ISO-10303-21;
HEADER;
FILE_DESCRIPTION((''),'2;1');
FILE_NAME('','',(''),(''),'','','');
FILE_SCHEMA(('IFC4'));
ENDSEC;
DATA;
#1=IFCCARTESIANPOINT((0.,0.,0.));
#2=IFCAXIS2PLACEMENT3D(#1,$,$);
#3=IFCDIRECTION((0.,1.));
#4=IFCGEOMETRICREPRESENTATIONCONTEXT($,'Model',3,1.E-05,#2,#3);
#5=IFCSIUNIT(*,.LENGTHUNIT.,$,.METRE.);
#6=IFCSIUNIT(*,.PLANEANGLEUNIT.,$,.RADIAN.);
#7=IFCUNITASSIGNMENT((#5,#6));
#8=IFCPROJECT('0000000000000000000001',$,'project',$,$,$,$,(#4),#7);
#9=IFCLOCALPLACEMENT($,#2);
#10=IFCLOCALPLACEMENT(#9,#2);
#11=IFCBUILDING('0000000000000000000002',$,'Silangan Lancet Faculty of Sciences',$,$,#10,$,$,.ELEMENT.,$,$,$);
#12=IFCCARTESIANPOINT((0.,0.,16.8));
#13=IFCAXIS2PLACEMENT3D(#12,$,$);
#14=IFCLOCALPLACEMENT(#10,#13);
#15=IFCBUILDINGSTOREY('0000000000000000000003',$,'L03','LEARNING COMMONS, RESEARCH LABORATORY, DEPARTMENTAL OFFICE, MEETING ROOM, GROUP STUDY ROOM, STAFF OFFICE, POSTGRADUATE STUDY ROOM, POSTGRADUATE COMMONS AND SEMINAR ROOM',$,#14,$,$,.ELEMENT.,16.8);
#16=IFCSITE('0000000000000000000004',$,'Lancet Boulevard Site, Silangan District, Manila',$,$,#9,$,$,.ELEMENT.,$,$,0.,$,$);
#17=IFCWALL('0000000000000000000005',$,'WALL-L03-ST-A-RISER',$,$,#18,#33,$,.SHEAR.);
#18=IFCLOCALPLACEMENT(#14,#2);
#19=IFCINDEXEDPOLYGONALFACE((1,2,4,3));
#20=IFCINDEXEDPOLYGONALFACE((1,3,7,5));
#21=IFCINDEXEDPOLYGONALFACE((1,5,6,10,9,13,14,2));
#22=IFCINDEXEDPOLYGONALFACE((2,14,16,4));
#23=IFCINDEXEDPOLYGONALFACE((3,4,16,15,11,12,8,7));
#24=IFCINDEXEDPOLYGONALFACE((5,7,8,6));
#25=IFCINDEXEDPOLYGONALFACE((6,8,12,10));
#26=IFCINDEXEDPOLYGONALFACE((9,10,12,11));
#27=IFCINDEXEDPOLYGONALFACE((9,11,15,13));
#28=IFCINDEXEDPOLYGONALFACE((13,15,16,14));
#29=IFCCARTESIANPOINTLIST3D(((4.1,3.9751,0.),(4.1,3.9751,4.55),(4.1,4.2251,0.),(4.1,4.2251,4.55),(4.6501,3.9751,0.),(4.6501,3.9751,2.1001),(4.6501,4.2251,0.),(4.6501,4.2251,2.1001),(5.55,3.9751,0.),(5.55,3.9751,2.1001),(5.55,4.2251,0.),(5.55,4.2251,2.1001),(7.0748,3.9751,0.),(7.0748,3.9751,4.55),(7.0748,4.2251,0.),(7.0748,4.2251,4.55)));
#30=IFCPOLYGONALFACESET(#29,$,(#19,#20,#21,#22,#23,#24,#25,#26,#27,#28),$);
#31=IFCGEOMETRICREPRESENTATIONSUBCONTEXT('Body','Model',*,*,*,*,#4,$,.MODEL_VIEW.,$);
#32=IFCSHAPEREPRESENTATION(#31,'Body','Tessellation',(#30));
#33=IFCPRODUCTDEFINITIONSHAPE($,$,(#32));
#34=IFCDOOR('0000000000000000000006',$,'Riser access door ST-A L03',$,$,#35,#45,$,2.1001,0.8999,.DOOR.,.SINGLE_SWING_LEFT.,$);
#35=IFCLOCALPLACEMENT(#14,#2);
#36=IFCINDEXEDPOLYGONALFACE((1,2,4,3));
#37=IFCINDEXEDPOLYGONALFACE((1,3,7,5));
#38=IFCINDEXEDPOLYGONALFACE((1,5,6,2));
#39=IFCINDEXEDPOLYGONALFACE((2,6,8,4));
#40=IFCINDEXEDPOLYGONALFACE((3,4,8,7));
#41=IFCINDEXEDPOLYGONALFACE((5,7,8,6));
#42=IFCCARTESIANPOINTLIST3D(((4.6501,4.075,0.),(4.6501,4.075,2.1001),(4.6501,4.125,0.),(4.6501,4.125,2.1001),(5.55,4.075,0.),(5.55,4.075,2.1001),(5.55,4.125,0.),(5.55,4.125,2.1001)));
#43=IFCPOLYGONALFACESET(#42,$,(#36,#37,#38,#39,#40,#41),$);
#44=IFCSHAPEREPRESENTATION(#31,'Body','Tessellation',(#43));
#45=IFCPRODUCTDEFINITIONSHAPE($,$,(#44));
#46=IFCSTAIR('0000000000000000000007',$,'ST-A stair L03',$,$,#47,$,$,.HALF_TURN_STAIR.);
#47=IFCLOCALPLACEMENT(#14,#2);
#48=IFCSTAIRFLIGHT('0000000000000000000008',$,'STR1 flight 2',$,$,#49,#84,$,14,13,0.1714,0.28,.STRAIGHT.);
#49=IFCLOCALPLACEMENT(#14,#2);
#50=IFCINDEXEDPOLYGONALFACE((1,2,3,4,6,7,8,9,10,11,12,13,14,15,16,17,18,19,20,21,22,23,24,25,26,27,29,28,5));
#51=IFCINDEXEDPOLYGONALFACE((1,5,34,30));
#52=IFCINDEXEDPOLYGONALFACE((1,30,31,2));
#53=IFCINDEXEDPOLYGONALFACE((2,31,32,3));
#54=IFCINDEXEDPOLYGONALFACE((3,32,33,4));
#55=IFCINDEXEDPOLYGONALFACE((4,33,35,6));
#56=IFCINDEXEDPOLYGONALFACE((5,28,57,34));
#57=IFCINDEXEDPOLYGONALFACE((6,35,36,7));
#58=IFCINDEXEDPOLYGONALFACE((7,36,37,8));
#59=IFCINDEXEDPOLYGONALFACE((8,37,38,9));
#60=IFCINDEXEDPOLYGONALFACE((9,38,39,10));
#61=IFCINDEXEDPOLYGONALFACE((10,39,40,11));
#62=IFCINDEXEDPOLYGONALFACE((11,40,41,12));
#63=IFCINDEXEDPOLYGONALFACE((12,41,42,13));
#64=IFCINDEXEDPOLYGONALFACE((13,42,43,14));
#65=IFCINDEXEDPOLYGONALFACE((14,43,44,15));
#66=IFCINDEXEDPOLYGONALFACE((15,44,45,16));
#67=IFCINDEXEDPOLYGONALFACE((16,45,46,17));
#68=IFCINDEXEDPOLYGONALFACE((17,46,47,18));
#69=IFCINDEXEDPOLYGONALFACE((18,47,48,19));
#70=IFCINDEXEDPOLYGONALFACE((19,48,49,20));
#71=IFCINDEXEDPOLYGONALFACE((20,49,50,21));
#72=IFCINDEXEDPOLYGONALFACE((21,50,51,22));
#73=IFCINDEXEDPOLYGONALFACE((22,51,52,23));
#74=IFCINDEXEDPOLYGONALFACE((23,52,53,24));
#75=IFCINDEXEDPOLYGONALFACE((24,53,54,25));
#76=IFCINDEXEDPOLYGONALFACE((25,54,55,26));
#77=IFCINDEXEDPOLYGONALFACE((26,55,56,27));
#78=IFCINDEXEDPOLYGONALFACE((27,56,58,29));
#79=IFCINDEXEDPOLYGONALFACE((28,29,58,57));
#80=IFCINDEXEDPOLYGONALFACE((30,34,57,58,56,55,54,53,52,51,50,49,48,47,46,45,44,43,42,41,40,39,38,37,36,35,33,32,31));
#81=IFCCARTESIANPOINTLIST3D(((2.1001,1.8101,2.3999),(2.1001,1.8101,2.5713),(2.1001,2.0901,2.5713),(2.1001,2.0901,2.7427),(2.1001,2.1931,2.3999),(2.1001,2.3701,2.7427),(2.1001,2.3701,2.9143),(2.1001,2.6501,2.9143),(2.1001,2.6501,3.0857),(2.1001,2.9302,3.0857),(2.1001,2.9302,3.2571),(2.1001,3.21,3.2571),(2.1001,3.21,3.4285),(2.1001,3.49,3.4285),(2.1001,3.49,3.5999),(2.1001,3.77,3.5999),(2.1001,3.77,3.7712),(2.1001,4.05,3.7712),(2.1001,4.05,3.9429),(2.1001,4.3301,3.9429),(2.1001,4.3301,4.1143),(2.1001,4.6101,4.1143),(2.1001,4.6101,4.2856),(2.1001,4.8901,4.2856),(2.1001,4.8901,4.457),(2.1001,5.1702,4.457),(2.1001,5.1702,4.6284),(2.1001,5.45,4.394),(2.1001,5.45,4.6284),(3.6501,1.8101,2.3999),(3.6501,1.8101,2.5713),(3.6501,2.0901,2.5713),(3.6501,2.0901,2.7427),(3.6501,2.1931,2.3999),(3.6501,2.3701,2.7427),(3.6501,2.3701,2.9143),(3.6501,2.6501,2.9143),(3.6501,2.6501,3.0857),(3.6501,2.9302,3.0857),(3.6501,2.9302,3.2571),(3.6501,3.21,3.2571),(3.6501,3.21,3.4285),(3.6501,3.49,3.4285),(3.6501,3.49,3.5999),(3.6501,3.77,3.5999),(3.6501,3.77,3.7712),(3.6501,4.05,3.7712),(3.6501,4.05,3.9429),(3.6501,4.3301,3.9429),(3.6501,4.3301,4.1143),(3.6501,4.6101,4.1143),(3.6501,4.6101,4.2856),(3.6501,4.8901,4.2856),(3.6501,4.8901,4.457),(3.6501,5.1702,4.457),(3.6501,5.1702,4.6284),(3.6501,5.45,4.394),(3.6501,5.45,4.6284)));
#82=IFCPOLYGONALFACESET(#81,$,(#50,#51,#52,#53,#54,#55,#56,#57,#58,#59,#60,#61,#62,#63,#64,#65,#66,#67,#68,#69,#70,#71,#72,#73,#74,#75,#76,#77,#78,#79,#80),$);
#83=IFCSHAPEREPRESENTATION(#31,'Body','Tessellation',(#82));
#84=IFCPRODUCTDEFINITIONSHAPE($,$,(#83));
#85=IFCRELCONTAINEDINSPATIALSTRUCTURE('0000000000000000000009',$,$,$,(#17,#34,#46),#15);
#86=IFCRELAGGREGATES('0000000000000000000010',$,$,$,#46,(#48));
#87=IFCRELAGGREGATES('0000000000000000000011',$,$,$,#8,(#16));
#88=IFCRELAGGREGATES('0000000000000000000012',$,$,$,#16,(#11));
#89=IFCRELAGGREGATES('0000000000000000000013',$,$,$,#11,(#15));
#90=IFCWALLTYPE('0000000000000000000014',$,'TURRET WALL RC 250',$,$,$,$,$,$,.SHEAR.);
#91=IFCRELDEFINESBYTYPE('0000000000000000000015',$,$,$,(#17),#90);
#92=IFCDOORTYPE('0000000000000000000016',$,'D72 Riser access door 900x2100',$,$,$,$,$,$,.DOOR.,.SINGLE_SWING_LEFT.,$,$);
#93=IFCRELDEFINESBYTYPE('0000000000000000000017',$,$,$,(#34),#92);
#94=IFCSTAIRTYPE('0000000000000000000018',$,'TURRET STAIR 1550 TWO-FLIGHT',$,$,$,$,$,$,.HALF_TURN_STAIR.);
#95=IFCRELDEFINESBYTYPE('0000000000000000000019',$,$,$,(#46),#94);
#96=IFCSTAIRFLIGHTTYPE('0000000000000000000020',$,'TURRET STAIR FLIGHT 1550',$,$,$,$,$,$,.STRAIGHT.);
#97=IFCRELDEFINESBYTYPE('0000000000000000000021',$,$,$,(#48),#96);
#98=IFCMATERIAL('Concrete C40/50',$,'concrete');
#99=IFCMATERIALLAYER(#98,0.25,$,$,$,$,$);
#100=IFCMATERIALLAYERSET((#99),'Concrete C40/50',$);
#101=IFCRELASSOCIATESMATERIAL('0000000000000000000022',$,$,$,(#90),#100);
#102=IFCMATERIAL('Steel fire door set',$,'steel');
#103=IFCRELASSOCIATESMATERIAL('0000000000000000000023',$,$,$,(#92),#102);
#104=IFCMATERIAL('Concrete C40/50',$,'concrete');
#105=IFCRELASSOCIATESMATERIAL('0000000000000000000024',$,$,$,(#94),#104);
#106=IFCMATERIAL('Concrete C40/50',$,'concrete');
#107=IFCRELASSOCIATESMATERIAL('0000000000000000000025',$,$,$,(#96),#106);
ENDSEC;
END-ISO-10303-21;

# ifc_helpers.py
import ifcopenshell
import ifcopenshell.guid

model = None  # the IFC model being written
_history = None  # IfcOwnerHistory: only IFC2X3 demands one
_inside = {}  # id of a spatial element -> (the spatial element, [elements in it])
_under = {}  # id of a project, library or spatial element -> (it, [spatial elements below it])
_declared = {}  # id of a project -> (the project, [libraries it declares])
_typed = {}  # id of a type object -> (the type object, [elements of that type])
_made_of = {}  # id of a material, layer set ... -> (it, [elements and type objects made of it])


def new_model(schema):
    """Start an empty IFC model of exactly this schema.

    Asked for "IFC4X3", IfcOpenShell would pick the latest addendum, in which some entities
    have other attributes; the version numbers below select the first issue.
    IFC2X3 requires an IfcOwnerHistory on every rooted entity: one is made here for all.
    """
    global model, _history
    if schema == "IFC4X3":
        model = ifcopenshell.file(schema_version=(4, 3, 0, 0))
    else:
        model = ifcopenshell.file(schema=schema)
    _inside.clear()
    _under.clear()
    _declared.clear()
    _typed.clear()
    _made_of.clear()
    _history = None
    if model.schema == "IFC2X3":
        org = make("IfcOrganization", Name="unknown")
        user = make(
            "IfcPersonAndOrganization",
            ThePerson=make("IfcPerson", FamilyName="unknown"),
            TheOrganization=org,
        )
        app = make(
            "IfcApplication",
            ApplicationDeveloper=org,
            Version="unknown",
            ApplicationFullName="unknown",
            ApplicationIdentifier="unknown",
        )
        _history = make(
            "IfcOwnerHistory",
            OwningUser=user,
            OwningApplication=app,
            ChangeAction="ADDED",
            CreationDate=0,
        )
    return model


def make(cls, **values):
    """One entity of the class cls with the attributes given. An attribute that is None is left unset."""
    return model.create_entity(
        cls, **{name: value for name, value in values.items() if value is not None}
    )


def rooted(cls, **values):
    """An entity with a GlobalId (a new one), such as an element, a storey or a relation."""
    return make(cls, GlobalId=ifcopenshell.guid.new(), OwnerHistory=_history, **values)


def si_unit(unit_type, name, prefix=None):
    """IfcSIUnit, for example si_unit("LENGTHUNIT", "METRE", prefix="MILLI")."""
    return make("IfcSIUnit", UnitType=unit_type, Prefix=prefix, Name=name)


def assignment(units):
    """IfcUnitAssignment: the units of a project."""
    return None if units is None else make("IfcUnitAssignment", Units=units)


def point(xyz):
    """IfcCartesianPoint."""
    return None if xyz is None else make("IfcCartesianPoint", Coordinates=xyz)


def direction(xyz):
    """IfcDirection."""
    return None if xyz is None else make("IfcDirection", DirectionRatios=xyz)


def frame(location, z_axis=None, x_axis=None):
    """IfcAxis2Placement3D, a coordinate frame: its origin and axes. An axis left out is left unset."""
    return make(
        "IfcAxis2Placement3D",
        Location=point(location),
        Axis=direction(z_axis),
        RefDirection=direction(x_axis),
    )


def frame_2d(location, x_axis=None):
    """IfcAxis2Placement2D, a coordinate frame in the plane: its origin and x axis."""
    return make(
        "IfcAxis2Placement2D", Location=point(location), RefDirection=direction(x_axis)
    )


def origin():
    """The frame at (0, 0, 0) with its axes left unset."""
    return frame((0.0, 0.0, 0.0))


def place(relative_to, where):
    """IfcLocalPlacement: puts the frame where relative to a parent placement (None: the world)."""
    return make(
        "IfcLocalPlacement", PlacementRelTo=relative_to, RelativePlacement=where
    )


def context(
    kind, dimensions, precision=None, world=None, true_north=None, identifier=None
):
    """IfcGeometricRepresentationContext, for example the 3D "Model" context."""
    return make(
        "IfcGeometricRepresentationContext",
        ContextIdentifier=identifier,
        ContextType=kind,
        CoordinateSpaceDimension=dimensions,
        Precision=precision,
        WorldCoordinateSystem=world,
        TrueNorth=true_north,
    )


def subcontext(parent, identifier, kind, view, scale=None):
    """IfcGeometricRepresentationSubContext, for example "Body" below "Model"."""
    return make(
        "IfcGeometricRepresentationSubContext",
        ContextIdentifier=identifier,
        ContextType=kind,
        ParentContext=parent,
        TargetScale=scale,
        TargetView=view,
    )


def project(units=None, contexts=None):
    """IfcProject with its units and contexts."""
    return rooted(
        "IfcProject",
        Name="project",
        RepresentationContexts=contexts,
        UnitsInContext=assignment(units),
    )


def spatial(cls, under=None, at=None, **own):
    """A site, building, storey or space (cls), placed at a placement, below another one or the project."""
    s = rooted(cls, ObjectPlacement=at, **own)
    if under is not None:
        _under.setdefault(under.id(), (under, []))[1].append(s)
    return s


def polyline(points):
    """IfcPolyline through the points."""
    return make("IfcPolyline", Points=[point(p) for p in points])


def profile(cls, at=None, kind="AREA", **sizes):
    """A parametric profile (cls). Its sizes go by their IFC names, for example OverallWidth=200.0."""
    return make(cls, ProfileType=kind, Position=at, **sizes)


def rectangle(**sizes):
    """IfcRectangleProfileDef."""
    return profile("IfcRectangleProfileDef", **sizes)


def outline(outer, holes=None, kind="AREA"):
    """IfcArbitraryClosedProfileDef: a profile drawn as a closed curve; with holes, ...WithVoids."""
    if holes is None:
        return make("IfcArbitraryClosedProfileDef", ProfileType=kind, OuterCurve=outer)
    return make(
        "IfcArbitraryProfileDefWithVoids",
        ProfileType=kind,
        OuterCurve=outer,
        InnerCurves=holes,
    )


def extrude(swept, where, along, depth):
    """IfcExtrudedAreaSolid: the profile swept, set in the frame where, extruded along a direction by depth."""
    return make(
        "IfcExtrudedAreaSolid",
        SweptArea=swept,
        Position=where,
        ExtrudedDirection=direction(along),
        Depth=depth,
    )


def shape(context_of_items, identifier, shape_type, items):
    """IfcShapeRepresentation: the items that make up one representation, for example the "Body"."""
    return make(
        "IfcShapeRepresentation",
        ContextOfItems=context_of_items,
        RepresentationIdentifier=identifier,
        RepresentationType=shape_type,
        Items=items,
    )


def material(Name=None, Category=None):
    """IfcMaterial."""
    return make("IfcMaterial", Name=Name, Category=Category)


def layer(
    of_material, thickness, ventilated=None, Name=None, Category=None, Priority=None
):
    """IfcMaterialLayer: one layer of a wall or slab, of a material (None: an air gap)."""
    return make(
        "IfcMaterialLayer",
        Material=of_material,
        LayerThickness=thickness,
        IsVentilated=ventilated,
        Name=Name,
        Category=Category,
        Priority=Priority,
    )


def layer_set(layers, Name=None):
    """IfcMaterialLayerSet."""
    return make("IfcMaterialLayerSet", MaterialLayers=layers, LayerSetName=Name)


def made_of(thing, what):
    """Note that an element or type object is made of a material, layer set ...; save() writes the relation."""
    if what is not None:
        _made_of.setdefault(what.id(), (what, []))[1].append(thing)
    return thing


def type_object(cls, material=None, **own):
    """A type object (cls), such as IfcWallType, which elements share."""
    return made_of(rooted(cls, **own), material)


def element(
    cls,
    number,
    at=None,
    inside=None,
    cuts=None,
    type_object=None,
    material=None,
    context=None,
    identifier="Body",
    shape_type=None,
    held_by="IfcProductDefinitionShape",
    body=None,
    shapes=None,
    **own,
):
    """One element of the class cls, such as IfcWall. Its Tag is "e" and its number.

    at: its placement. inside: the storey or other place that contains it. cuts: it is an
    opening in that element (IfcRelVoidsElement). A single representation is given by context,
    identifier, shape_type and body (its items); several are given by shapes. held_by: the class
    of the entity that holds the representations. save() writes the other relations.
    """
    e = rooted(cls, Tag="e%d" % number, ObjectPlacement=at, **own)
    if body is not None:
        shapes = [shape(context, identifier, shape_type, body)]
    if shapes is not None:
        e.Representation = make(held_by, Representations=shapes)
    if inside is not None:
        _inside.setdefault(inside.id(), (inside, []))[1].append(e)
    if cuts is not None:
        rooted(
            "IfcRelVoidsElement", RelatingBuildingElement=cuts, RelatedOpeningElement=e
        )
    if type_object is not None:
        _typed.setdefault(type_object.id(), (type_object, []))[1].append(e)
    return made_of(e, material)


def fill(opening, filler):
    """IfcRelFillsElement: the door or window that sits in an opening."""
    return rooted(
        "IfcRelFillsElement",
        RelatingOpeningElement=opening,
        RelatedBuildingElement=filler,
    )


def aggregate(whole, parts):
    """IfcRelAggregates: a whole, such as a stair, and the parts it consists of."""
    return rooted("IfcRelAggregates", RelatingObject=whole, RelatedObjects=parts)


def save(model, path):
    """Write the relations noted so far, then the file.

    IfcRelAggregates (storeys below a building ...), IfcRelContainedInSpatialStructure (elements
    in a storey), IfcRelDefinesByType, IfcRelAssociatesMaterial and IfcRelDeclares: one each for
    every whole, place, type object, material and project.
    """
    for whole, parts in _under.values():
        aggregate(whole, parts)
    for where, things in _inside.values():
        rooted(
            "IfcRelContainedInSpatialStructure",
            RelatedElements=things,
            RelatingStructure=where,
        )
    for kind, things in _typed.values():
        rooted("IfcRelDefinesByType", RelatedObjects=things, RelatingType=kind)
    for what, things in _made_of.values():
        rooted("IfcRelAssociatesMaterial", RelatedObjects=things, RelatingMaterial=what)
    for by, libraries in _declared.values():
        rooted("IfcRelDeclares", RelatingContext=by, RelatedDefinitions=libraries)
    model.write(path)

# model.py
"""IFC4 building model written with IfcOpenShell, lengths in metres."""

from ifc_helpers import new_model, si_unit, direction, frame, frame_2d, origin, place, context, subcontext, project, spatial, polyline, rectangle, outline, extrude, material, layer, layer_set, type_object, element, fill, aggregate, save


model = new_model("IFC4")

# Units and contexts
model_context = context("Model", 3, precision=1e-05, world=origin(), true_north=direction((0.0, 1.0)))
body_context = subcontext(model_context, "Body", "Model", "MODEL_VIEW")
ifc_project = project(units=[si_unit("LENGTHUNIT", "METRE"), si_unit("PLANEANGLEUNIT", "RADIAN")], contexts=[model_context])

# Site, building, storey
site_placement = place(None, origin())
site = spatial("IfcSite", under=ifc_project, at=site_placement, Name="Lancet Boulevard Site, Silangan District, Manila", CompositionType="ELEMENT", RefElevation=0.0)
building_placement = place(site_placement, origin())
building = spatial("IfcBuilding", under=site, at=building_placement, Name="Silangan Lancet Faculty of Sciences", CompositionType="ELEMENT")
storey_placement = place(building_placement, frame((0.0, 0.0, 16.8)))
storey = spatial("IfcBuildingStorey", under=building, at=storey_placement, Name="L03", Description="LEARNING COMMONS, RESEARCH LABORATORY, DEPARTMENTAL OFFICE, MEETING ROOM, GROUP STUDY ROOM, STAFF OFFICE, POSTGRADUATE STUDY ROOM, POSTGRADUATE COMMONS AND SEMINAR ROOM", CompositionType="ELEMENT", Elevation=16.8)

# Shared definitions
ifc_material_1 = material(Name="Concrete C40/50", Category="concrete")
ifc_layer_1 = layer(ifc_material_1, 0.25)
ifc_layer_set_1 = layer_set([ifc_layer_1], Name="Concrete C40/50")
wall_type_1 = type_object("IfcWallType", Name="TURRET WALL RC 250", PredefinedType="SHEAR", material=ifc_layer_set_1)

# Wall, opening, door
wall_1_placement = place(storey_placement, frame((4.1001, 4.1001, 0.0), z_axis=(0.0, 0.0, 1.0), x_axis=(1.0, 0.0, 0.0)))
wall_1 = element("IfcWall", 1, at=wall_1_placement, inside=storey, type_object=wall_type_1, Name="WALL-L03-ST-A-RISER", PredefinedType="SHEAR", context=body_context, shape_type="SweptSolid", body=[
    extrude(rectangle(XDim=2.9749, YDim=0.25, at=frame_2d((1.4873, 0.0))), origin(), (0.0, 0.0, 1.0), 4.55),
])
opening_1_placement = place(wall_1_placement, frame((0.55, 0.0, 0.0)))
opening_1 = element("IfcOpeningElement", 2, at=opening_1_placement, cuts=wall_1, PredefinedType="OPENING", context=body_context, shape_type="SweptSolid", body=[
    extrude(rectangle(XDim=0.8999, YDim=2.1001, at=frame_2d((0.45, 1.05))), frame((0.0, 0.135, 0.0), z_axis=(0.0, -1.0, 0.0), x_axis=(1.0, 0.0, 0.0)), (0.0, 0.0, 1.0), 0.27),
])
ifc_material_2 = material(Name="Steel fire door set", Category="steel")
door_type_1 = type_object("IfcDoorType", Name="D72 Riser access door 900x2100", OperationType="SINGLE_SWING_LEFT", PredefinedType="DOOR", material=ifc_material_2)
door_1_placement = place(opening_1_placement, frame((0.8999, 0.0, 0.0), z_axis=(0.0, 0.0, 1.0), x_axis=(-1.0, 0.0, 0.0)))
door_1 = element("IfcDoor", 3, at=door_1_placement, inside=storey, type_object=door_type_1, Name="Riser access door ST-A L03", OperationType="SINGLE_SWING_LEFT", OverallHeight=2.1001, OverallWidth=0.8999, PredefinedType="DOOR", context=body_context, shape_type="SweptSolid", body=[
    extrude(rectangle(XDim=0.8999, YDim=2.1001, at=frame_2d((0.45, 1.05))), frame((0.0, 0.0251, 0.0), z_axis=(0.0, -1.0, 0.0), x_axis=(1.0, 0.0, 0.0)), (0.0, 0.0, 1.0), 0.05),
])
fill(opening_1, door_1)

# Stair, stair flight
ifc_material_3 = material(Name="Concrete C40/50", Category="concrete")
stair_type = type_object("IfcStairType", Name="TURRET STAIR 1550 TWO-FLIGHT", PredefinedType="HALF_TURN_STAIR", material=ifc_material_3)
stair_placement = place(storey_placement, origin())
stair = element("IfcStair", 4, at=stair_placement, inside=storey, type_object=stair_type, Name="ST-A stair L03", PredefinedType="HALF_TURN_STAIR")
ifc_material_4 = material(Name="Concrete C40/50", Category="concrete")
stair_flight_type = type_object("IfcStairFlightType", Name="TURRET STAIR FLIGHT 1550", PredefinedType="STRAIGHT", material=ifc_material_4)
stair_flight_placement = place(storey_placement, frame((2.875, 1.8101, 2.3999), z_axis=(0.0, 0.0, 1.0), x_axis=(0.0, 1.0, 0.0)))
stair_flight = element("IfcStairFlight", 5, at=stair_flight_placement, type_object=stair_flight_type, Name="STR1 flight 2", NumberOfRisers=14, NumberOfTreads=13, PredefinedType="STRAIGHT", RiserHeight=0.1714, TreadLength=0.28, context=body_context, shape_type="SweptSolid", body=[
    extrude(outline(polyline([(0.0, 0.0), (0.0, 0.1714), (0.28, 0.1714), (0.28, 0.3428), (0.5601, 0.3428), (0.5601, 0.5144), (0.8401, 0.5144), (0.8401, 0.6858), (1.1201, 0.6858), (1.1201, 0.8572), (1.3999, 0.8572), (1.3999, 1.0286), (1.6799, 1.0286), (1.6799, 1.2), (1.96, 1.2), (1.96, 1.3713), (2.24, 1.3713), (2.24, 1.543), (2.52, 1.543), (2.52, 1.7144), (2.8, 1.7144), (2.8, 1.8857), (3.0801, 1.8857), (3.0801, 2.0571), (3.3601, 2.0571), (3.3601, 2.2285), (3.6399, 2.2285), (3.6399, 2.3999), (3.6399, 1.9941), (0.3831, 0.0), (0.0, 0.0)])), frame((0.0, 0.7749, 0.0), z_axis=(0.0, -1.0, 0.0), x_axis=(1.0, 0.0, 0.0)), (0.0, 0.0, 1.0), 1.55),
])
aggregate(stair, [stair_flight])

save(model, "model.ifc")
